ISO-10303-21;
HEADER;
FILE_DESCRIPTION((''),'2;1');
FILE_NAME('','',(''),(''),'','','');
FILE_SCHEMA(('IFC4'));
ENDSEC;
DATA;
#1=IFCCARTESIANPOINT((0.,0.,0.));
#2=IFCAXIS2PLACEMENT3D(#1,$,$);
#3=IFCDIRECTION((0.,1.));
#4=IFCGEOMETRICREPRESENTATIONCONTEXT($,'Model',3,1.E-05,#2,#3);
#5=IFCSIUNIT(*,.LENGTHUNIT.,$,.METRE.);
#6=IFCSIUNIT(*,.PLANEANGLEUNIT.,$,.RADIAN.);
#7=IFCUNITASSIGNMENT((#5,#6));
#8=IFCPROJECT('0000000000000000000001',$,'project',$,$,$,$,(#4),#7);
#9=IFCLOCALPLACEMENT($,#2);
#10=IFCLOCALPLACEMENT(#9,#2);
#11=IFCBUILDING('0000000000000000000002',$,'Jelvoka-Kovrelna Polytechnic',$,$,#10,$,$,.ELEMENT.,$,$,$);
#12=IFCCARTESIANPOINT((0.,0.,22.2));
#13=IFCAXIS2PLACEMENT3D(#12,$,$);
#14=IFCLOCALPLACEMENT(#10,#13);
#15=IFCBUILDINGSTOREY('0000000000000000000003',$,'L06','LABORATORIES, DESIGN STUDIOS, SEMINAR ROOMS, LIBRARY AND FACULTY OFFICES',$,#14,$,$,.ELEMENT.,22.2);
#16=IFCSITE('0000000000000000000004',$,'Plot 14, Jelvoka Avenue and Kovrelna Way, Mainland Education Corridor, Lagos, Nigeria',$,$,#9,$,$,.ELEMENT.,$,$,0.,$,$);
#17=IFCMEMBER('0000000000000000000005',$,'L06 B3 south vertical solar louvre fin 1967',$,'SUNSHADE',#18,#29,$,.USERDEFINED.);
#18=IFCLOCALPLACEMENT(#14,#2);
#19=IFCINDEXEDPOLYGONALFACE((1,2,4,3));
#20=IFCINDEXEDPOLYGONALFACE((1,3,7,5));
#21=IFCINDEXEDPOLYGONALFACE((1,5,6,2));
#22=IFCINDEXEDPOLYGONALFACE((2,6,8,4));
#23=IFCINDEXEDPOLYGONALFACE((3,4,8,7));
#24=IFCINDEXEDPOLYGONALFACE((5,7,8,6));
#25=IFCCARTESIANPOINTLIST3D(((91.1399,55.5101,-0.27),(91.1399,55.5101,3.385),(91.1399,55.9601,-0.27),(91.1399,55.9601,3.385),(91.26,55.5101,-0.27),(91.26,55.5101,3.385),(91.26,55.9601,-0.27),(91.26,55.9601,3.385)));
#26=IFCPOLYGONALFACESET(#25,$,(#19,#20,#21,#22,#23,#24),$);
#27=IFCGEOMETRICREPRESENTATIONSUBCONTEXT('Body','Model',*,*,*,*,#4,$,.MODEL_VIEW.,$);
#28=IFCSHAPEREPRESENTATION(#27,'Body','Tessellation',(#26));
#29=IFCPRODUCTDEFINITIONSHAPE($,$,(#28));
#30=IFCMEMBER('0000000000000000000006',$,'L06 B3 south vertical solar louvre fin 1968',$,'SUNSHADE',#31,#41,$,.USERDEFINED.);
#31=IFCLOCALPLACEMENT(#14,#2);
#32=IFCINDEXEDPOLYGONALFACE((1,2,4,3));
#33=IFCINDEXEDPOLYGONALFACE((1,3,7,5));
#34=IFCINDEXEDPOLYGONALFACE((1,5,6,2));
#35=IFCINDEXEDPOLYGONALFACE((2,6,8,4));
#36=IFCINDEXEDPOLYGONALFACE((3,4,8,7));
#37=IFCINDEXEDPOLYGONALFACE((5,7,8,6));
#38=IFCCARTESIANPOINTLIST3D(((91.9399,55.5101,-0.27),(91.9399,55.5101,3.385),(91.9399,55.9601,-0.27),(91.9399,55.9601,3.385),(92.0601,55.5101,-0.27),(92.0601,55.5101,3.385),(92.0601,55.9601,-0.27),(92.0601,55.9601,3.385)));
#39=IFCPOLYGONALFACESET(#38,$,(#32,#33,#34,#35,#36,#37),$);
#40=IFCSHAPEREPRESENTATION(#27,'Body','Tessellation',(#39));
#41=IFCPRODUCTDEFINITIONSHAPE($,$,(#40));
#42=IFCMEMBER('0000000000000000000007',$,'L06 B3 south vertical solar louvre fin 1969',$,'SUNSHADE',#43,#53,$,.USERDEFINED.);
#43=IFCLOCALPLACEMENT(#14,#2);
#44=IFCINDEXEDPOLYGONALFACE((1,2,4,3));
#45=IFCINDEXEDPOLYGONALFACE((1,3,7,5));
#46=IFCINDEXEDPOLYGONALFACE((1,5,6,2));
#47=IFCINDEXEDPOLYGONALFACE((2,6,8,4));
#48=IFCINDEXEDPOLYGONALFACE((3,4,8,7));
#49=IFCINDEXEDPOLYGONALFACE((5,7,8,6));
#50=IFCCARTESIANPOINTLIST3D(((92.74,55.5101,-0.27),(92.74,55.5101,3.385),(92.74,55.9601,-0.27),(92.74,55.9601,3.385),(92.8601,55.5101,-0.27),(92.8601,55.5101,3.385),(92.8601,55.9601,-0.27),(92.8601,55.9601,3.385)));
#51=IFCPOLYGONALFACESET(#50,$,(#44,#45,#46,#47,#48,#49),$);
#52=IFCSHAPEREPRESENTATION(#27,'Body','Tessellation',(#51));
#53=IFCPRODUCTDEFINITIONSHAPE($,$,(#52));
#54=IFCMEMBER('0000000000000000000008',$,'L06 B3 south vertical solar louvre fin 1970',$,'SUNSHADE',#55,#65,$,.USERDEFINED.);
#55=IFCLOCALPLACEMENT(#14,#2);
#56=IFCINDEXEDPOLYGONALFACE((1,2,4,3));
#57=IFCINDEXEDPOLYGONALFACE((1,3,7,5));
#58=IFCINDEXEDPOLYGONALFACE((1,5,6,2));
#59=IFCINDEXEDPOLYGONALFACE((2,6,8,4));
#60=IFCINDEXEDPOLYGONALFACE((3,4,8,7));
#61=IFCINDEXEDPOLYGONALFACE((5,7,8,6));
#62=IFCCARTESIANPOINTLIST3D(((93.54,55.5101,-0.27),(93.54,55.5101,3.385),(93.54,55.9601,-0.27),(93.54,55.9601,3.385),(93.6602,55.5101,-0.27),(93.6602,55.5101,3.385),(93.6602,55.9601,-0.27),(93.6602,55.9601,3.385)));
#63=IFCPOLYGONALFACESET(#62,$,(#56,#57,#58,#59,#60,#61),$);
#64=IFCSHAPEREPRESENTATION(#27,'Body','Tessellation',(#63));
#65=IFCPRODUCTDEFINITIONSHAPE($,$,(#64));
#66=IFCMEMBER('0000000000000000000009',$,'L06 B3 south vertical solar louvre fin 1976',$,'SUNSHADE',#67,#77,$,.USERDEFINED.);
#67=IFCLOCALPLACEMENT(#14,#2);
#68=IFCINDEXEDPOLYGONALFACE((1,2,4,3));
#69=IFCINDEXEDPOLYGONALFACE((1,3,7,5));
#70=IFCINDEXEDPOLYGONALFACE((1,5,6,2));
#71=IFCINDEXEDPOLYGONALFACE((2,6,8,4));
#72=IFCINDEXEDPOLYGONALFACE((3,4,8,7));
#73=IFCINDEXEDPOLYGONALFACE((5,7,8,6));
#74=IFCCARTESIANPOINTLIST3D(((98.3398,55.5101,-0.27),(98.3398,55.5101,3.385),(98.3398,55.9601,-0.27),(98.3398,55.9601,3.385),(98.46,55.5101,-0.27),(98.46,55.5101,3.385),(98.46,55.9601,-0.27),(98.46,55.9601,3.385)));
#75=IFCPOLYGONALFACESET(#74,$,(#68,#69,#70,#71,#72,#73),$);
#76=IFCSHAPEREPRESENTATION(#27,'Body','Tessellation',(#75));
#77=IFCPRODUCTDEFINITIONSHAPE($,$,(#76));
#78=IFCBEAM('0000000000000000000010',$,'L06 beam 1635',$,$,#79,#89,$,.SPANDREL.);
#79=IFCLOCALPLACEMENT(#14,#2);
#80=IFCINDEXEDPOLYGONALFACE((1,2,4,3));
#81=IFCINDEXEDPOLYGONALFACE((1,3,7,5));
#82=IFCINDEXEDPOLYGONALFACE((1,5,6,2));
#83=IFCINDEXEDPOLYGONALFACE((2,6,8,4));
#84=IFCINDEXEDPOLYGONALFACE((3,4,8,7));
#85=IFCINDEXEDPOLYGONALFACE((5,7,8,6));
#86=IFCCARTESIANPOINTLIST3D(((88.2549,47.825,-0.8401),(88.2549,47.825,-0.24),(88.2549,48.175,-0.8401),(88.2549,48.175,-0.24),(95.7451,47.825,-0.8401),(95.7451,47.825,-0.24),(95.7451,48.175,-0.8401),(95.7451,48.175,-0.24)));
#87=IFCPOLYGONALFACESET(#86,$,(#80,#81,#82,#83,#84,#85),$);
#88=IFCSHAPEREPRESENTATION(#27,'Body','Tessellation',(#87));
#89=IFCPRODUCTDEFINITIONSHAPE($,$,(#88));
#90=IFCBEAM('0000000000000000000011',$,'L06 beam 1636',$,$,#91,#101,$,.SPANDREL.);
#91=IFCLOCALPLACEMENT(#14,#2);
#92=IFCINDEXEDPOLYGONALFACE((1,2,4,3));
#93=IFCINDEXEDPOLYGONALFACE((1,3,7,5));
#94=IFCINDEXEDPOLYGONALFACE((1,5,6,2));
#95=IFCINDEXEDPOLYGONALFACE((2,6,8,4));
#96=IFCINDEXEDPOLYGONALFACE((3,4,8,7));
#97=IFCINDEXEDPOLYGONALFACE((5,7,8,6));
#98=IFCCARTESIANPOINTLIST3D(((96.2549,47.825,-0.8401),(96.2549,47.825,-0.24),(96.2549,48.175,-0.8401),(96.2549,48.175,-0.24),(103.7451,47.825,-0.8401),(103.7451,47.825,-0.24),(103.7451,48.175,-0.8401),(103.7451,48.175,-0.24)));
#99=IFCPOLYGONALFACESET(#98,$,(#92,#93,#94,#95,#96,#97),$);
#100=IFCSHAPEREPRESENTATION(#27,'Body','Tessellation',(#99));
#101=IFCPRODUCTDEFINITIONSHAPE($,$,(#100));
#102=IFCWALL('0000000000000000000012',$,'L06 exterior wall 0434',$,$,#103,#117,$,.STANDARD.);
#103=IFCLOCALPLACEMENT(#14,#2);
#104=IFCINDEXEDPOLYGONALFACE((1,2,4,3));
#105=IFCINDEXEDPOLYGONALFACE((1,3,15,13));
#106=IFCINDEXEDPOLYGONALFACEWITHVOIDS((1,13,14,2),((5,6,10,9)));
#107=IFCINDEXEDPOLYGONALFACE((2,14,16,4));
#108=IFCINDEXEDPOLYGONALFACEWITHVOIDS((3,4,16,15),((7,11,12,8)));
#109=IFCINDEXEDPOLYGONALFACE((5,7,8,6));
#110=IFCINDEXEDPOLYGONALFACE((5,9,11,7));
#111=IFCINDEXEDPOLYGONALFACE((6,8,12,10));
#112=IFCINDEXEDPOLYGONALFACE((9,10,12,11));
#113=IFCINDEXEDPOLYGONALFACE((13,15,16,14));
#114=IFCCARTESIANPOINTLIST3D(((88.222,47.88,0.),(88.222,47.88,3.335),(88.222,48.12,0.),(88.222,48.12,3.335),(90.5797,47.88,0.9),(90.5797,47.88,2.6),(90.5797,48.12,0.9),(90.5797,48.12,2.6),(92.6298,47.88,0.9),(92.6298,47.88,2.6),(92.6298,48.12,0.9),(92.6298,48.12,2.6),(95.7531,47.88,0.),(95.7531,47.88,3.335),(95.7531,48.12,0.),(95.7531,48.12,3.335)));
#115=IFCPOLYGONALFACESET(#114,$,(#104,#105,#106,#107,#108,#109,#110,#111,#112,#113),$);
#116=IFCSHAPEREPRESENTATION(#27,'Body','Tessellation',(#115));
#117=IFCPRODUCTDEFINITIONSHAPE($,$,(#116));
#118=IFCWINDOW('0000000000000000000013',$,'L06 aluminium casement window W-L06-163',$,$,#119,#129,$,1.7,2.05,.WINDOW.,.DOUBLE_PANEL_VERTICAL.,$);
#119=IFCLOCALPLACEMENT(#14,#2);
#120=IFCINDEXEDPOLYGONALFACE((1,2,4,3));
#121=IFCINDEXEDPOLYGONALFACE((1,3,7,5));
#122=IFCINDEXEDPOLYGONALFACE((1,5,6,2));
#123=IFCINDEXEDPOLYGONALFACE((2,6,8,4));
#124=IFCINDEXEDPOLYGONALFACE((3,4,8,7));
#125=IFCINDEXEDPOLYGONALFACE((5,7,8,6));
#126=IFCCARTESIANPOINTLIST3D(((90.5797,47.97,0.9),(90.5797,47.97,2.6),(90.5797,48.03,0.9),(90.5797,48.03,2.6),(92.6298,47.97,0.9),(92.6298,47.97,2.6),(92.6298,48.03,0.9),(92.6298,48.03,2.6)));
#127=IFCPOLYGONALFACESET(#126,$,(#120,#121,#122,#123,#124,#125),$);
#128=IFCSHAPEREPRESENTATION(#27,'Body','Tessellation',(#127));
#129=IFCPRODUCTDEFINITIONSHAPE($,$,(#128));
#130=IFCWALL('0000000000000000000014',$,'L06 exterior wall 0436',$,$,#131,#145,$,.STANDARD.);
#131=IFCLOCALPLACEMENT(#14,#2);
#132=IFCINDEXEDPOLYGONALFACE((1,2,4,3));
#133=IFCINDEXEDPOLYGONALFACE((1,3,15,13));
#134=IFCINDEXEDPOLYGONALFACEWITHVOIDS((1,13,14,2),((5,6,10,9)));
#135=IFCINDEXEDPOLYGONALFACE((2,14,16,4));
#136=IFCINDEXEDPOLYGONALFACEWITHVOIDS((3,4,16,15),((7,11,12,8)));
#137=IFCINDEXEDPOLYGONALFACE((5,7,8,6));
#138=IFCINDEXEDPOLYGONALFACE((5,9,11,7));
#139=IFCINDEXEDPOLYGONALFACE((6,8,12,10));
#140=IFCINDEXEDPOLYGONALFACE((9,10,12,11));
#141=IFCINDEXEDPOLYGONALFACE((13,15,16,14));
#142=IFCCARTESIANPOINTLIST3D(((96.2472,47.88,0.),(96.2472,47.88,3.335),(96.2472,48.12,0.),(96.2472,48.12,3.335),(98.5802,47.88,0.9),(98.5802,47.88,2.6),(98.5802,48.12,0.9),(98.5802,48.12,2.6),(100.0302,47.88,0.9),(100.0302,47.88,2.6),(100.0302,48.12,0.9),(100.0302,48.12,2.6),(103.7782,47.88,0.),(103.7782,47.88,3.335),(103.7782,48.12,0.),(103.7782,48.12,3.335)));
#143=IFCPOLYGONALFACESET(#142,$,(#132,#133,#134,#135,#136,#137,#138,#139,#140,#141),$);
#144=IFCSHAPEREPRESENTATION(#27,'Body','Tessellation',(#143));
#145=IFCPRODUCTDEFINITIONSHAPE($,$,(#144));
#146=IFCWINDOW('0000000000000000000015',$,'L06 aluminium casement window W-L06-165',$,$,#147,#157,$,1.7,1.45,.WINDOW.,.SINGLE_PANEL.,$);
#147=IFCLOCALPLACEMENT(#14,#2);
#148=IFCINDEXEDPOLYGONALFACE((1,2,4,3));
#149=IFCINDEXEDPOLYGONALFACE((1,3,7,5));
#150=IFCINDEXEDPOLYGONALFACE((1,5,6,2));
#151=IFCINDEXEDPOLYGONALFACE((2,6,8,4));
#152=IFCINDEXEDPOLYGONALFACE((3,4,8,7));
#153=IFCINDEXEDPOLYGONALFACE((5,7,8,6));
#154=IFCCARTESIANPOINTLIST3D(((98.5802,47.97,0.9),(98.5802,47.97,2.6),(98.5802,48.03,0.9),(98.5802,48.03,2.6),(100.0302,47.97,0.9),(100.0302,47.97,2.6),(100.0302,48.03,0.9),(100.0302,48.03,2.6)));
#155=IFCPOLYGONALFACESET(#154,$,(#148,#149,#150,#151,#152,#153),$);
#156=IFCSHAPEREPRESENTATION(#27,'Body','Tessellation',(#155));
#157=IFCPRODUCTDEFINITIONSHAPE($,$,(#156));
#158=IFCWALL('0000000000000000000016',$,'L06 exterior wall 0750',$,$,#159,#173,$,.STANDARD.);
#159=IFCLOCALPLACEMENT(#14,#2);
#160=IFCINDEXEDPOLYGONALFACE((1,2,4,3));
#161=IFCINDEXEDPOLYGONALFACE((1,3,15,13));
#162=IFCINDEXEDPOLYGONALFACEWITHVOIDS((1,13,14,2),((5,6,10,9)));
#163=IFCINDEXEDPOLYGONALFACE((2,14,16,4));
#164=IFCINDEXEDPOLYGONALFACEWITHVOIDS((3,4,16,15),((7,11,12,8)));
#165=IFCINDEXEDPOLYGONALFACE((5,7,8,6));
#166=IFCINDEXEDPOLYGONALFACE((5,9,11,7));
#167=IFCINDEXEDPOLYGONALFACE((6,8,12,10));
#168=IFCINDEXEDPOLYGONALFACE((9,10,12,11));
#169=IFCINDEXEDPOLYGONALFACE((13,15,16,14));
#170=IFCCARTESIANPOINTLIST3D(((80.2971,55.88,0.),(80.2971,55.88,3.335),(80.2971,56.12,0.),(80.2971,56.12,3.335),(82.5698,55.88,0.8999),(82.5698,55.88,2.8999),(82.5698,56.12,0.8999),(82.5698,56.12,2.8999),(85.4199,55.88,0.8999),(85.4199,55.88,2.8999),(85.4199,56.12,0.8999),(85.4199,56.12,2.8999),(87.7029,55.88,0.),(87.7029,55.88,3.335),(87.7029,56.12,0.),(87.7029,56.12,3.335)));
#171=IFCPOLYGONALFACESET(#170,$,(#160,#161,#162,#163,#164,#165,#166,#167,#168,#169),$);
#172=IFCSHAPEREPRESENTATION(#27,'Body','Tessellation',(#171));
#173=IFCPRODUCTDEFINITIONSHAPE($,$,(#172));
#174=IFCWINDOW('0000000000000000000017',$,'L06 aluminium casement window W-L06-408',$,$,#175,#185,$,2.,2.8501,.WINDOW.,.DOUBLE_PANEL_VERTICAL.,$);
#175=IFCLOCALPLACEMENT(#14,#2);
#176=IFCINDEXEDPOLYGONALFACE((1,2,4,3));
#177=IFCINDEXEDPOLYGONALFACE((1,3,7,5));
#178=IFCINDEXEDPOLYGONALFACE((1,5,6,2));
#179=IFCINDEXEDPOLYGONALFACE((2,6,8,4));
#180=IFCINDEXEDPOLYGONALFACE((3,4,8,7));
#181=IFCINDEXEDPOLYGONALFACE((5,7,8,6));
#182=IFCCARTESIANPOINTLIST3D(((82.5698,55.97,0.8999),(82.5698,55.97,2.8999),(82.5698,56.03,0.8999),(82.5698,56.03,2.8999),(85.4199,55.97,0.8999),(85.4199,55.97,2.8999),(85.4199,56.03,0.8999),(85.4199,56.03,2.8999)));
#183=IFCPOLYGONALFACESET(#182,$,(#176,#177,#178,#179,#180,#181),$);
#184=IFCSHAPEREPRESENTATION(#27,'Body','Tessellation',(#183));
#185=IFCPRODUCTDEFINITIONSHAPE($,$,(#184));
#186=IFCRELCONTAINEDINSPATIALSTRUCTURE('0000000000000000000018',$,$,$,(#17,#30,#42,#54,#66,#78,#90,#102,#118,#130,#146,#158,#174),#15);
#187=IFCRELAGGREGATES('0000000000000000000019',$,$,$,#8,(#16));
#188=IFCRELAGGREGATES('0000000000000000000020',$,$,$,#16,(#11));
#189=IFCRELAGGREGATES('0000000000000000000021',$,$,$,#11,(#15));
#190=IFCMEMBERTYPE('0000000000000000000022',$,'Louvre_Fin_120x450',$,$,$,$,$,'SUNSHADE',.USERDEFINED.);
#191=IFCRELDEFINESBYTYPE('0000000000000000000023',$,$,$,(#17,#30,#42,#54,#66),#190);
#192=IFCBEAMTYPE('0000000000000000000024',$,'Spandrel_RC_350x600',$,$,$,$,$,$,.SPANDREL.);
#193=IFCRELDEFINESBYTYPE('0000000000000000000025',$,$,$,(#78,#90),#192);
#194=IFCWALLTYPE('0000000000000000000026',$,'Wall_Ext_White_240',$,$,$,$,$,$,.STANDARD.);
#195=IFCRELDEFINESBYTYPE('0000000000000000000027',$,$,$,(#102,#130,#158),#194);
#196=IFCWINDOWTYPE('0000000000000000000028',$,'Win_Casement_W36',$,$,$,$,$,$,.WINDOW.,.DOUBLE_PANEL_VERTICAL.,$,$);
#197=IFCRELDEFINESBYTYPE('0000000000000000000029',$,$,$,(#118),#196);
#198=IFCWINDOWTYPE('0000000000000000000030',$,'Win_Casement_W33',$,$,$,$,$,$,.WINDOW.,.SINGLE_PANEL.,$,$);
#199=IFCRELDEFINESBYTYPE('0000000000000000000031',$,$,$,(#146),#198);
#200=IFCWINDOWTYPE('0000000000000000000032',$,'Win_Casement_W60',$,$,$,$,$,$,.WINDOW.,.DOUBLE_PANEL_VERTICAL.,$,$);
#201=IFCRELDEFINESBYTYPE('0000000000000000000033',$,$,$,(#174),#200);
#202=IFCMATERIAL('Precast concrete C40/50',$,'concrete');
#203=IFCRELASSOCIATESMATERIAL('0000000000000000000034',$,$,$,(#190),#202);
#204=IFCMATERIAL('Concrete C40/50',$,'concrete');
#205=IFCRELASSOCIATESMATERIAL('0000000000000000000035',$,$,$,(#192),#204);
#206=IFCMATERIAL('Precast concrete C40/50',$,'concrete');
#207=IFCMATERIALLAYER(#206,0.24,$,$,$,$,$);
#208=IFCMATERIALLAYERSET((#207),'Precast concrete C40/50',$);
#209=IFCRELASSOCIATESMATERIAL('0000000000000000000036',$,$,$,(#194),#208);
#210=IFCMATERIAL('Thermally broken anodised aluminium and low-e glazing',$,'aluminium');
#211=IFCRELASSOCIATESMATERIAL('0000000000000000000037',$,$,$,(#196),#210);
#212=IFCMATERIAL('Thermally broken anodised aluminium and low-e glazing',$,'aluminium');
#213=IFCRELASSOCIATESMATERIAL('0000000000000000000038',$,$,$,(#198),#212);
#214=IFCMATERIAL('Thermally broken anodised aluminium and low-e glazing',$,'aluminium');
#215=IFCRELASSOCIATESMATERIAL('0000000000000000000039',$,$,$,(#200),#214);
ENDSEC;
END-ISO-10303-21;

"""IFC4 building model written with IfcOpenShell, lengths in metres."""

from ifc_helpers import new_model, si_unit, direction, frame, frame_2d, origin, origin_2d, place, context, subcontext, project, spatial, rectangle, extrude, material, layer, layer_set, material_profile, profile_set, type_object, element, fill, save


model = new_model("IFC4")

# Units and contexts
model_context = context("Model", 3, precision=1e-05, world=origin(), true_north=direction((0.0, 1.0)))
body_context = subcontext(model_context, "Body", "Model", "MODEL_VIEW")
ifc_project = project(units=[si_unit("LENGTHUNIT", "METRE"), si_unit("PLANEANGLEUNIT", "RADIAN")], contexts=[model_context])

# Site, building, storey
site_placement = place(None, origin())
site = spatial("IfcSite", under=ifc_project, at=site_placement, Name="Plot 14, Jelvoka Avenue and Kovrelna Way, Mainland Education Corridor, Lagos, Nigeria", CompositionType="ELEMENT", RefElevation=0.0)
building_placement = place(site_placement, origin())
building = spatial("IfcBuilding", under=site, at=building_placement, Name="Jelvoka-Kovrelna Polytechnic", CompositionType="ELEMENT")
storey_placement = place(building_placement, frame((0.0, 0.0, 22.2)))
storey = spatial("IfcBuildingStorey", under=building, at=storey_placement, Name="L06", Description="LABORATORIES, DESIGN STUDIOS, SEMINAR ROOMS, LIBRARY AND FACULTY OFFICES", CompositionType="ELEMENT", Elevation=22.2)

# Members
ifc_material_1 = material(Name="Precast concrete C40/50", Category="concrete")
ifc_material_profile_1 = material_profile(ifc_material_1, rectangle(XDim=0.1201, YDim=0.45, at=origin_2d()), Name="PC 120x450")
ifc_profile_set_1 = profile_set([ifc_material_profile_1], Name="Precast concrete C40/50")
member_type_1 = type_object("IfcMemberType", Name="Louvre_Fin_120x450", ElementType="SUNSHADE", PredefinedType="USERDEFINED", material=ifc_profile_set_1)
for number, where, z_axis, x_axis, name in (
    (1, (91.2, 55.7351, -0.27), (0.0, 0.0, 1.0), (1.0, 0.0, 0.0), "L06 B3 south vertical solar louvre fin 1967"),
    (2, (92.0, 55.7351, -0.27), (0.0, 0.0, 1.0), (1.0, 0.0, 0.0), "L06 B3 south vertical solar louvre fin 1968"),
    (3, (92.8, 55.7351, -0.27), (0.0, 0.0, 1.0), (1.0, 0.0, 0.0), "L06 B3 south vertical solar louvre fin 1969"),
    (4, (93.6001, 55.7351, -0.27), (0.0, 0.0, 1.0), (1.0, 0.0, 0.0), "L06 B3 south vertical solar louvre fin 1970"),
    (5, (98.3999, 55.7351, -0.27), (0.0, 0.0, 1.0), (1.0, 0.0, 0.0), "L06 B3 south vertical solar louvre fin 1976"),
):
    element("IfcMember", number, at=place(storey_placement, frame(where, z_axis=z_axis, x_axis=x_axis)), inside=storey, type_object=member_type_1, Name=name, ObjectType="SUNSHADE", PredefinedType="USERDEFINED", context=body_context, shape_type="SweptSolid", body=[
        extrude(rectangle(XDim=0.1201, YDim=0.45, at=origin_2d()), origin(), (0.0, 0.0, 1.0), 3.655),
    ])

# Beams
ifc_material_2 = material(Name="Concrete C40/50", Category="concrete")
ifc_material_profile_2 = material_profile(ifc_material_2, rectangle(XDim=0.3501, YDim=0.6001, at=origin_2d()), Name="RC 350x600")
ifc_profile_set_2 = profile_set([ifc_material_profile_2], Name="Concrete C40/50")
beam_type = type_object("IfcBeamType", Name="Spandrel_RC_350x600", PredefinedType="SPANDREL", material=ifc_profile_set_2)
for number, where, z_axis, x_axis, name in (
    (6, (88.2549, 48.0, -0.54), (1.0, 0.0, 0.0), (0.0, 1.0, 0.0), "L06 beam 1635"),
    (7, (96.2549, 48.0, -0.54), (1.0, 0.0, 0.0), (0.0, 1.0, 0.0), "L06 beam 1636"),
):
    element("IfcBeam", number, at=place(storey_placement, frame(where, z_axis=z_axis, x_axis=x_axis)), inside=storey, type_object=beam_type, Name=name, PredefinedType="SPANDREL", context=body_context, shape_type="SweptSolid", body=[
        extrude(rectangle(XDim=0.3501, YDim=0.6001, at=origin_2d()), origin(), (0.0, 0.0, 1.0), 7.4902),
    ])

# Walls, openings, windows
ifc_material_3 = material(Name="Precast concrete C40/50", Category="concrete")
ifc_layer = layer(ifc_material_3, 0.24)
ifc_layer_set = layer_set([ifc_layer], Name="Precast concrete C40/50")
wall_type = type_object("IfcWallType", Name="Wall_Ext_White_240", PredefinedType="STANDARD", material=ifc_layer_set)
wall_1_placement = place(storey_placement, frame((88.2219, 48.0, 0.0), z_axis=(0.0, 0.0, 1.0), x_axis=(1.0, 0.0, 0.0)))
wall_1 = element("IfcWall", 8, at=wall_1_placement, inside=storey, type_object=wall_type, Name="L06 exterior wall 0434", PredefinedType="STANDARD", context=body_context, shape_type="SweptSolid", body=[
    extrude(rectangle(XDim=7.531, YDim=0.24, at=frame_2d((3.7656, 0.0))), origin(), (0.0, 0.0, 1.0), 3.335),
])
opening_1_placement = place(wall_1_placement, frame((2.3579, 0.0, 0.8999)))
opening_1 = element("IfcOpeningElement", 9, at=opening_1_placement, cuts=wall_1, PredefinedType="OPENING", context=body_context, shape_type="SweptSolid", body=[
    extrude(rectangle(XDim=2.05, YDim=1.7, at=frame_2d((1.0249, 0.8501))), frame((0.0, 0.1301, 0.0), z_axis=(0.0, -1.0, 0.0), x_axis=(1.0, 0.0, 0.0)), (0.0, 0.0, 1.0), 0.26),
])
ifc_material_4 = material(Name="Thermally broken anodised aluminium and low-e glazing", Category="aluminium")
window_type_1 = type_object("IfcWindowType", Name="Win_Casement_W36", PartitioningType="DOUBLE_PANEL_VERTICAL", PredefinedType="WINDOW", material=ifc_material_4)
window_1_placement = place(opening_1_placement, origin())
window_1 = element("IfcWindow", 10, at=window_1_placement, inside=storey, type_object=window_type_1, Name="L06 aluminium casement window W-L06-163", OverallHeight=1.7, OverallWidth=2.05, PartitioningType="DOUBLE_PANEL_VERTICAL", PredefinedType="WINDOW", context=body_context, shape_type="SweptSolid", body=[
    extrude(rectangle(XDim=2.05, YDim=1.7, at=frame_2d((1.0249, 0.8501))), frame((0.0, 0.03, 0.0), z_axis=(0.0, -1.0, 0.0), x_axis=(1.0, 0.0, 0.0)), (0.0, 0.0, 1.0), 0.0601),
])
fill(opening_1, window_1)
wall_2_placement = place(storey_placement, frame((96.2471, 48.0, 0.0), z_axis=(0.0, 0.0, 1.0), x_axis=(1.0, 0.0, 0.0)))
wall_2 = element("IfcWall", 11, at=wall_2_placement, inside=storey, type_object=wall_type, Name="L06 exterior wall 0436", PredefinedType="STANDARD", context=body_context, shape_type="SweptSolid", body=[
    extrude(rectangle(XDim=7.531, YDim=0.24, at=frame_2d((3.7656, 0.0))), origin(), (0.0, 0.0, 1.0), 3.335),
])
opening_2_placement = place(wall_2_placement, frame((2.333, 0.0, 0.8999)))
opening_2 = element("IfcOpeningElement", 12, at=opening_2_placement, cuts=wall_2, PredefinedType="OPENING", context=body_context, shape_type="SweptSolid", body=[
    extrude(rectangle(XDim=1.45, YDim=1.7, at=frame_2d((0.7251, 0.8501))), frame((0.0, 0.1301, 0.0), z_axis=(0.0, -1.0, 0.0), x_axis=(1.0, 0.0, 0.0)), (0.0, 0.0, 1.0), 0.26),
])
ifc_material_5 = material(Name="Thermally broken anodised aluminium and low-e glazing", Category="aluminium")
window_type_2 = type_object("IfcWindowType", Name="Win_Casement_W33", PartitioningType="SINGLE_PANEL", PredefinedType="WINDOW", material=ifc_material_5)
window_2_placement = place(opening_2_placement, origin())
window_2 = element("IfcWindow", 13, at=window_2_placement, inside=storey, type_object=window_type_2, Name="L06 aluminium casement window W-L06-165", OverallHeight=1.7, OverallWidth=1.45, PartitioningType="SINGLE_PANEL", PredefinedType="WINDOW", context=body_context, shape_type="SweptSolid", body=[
    extrude(rectangle(XDim=1.45, YDim=1.7, at=frame_2d((0.7251, 0.8501))), frame((0.0, 0.03, 0.0), z_axis=(0.0, -1.0, 0.0), x_axis=(1.0, 0.0, 0.0)), (0.0, 0.0, 1.0), 0.0601),
])
fill(opening_2, window_2)
wall_3_placement = place(storey_placement, frame((87.7029, 56.0, 0.0), z_axis=(0.0, 0.0, 1.0), x_axis=(-1.0, 0.0, 0.0)))
wall_3 = element("IfcWall", 14, at=wall_3_placement, inside=storey, type_object=wall_type, Name="L06 exterior wall 0750", PredefinedType="STANDARD", context=body_context, shape_type="SweptSolid", body=[
    extrude(rectangle(XDim=7.4058, YDim=0.24, at=frame_2d((3.7029, 0.0))), origin(), (0.0, 0.0, 1.0), 3.335),
])
opening_3_placement = place(wall_3_placement, frame((2.283, 0.0, 0.8999)))
opening_3 = element("IfcOpeningElement", 15, at=opening_3_placement, cuts=wall_3, PredefinedType="OPENING", context=body_context, shape_type="SweptSolid", body=[
    extrude(rectangle(XDim=2.8501, YDim=2.0, at=frame_2d((1.425, 1.0))), frame((0.0, 0.1301, 0.0), z_axis=(0.0, -1.0, 0.0), x_axis=(1.0, 0.0, 0.0)), (0.0, 0.0, 1.0), 0.26),
])
ifc_material_6 = material(Name="Thermally broken anodised aluminium and low-e glazing", Category="aluminium")
window_type_3 = type_object("IfcWindowType", Name="Win_Casement_W60", PartitioningType="DOUBLE_PANEL_VERTICAL", PredefinedType="WINDOW", material=ifc_material_6)
window_3_placement = place(opening_3_placement, origin())
window_3 = element("IfcWindow", 16, at=window_3_placement, inside=storey, type_object=window_type_3, Name="L06 aluminium casement window W-L06-408", OverallHeight=2.0, OverallWidth=2.8501, PartitioningType="DOUBLE_PANEL_VERTICAL", PredefinedType="WINDOW", context=body_context, shape_type="SweptSolid", body=[
    extrude(rectangle(XDim=2.8501, YDim=2.0, at=frame_2d((1.425, 1.0))), frame((0.0, 0.03, 0.0), z_axis=(0.0, -1.0, 0.0), x_axis=(1.0, 0.0, 0.0)), (0.0, 0.0, 1.0), 0.0601),
])
fill(opening_3, window_3)

save(model, "model.ifc")
